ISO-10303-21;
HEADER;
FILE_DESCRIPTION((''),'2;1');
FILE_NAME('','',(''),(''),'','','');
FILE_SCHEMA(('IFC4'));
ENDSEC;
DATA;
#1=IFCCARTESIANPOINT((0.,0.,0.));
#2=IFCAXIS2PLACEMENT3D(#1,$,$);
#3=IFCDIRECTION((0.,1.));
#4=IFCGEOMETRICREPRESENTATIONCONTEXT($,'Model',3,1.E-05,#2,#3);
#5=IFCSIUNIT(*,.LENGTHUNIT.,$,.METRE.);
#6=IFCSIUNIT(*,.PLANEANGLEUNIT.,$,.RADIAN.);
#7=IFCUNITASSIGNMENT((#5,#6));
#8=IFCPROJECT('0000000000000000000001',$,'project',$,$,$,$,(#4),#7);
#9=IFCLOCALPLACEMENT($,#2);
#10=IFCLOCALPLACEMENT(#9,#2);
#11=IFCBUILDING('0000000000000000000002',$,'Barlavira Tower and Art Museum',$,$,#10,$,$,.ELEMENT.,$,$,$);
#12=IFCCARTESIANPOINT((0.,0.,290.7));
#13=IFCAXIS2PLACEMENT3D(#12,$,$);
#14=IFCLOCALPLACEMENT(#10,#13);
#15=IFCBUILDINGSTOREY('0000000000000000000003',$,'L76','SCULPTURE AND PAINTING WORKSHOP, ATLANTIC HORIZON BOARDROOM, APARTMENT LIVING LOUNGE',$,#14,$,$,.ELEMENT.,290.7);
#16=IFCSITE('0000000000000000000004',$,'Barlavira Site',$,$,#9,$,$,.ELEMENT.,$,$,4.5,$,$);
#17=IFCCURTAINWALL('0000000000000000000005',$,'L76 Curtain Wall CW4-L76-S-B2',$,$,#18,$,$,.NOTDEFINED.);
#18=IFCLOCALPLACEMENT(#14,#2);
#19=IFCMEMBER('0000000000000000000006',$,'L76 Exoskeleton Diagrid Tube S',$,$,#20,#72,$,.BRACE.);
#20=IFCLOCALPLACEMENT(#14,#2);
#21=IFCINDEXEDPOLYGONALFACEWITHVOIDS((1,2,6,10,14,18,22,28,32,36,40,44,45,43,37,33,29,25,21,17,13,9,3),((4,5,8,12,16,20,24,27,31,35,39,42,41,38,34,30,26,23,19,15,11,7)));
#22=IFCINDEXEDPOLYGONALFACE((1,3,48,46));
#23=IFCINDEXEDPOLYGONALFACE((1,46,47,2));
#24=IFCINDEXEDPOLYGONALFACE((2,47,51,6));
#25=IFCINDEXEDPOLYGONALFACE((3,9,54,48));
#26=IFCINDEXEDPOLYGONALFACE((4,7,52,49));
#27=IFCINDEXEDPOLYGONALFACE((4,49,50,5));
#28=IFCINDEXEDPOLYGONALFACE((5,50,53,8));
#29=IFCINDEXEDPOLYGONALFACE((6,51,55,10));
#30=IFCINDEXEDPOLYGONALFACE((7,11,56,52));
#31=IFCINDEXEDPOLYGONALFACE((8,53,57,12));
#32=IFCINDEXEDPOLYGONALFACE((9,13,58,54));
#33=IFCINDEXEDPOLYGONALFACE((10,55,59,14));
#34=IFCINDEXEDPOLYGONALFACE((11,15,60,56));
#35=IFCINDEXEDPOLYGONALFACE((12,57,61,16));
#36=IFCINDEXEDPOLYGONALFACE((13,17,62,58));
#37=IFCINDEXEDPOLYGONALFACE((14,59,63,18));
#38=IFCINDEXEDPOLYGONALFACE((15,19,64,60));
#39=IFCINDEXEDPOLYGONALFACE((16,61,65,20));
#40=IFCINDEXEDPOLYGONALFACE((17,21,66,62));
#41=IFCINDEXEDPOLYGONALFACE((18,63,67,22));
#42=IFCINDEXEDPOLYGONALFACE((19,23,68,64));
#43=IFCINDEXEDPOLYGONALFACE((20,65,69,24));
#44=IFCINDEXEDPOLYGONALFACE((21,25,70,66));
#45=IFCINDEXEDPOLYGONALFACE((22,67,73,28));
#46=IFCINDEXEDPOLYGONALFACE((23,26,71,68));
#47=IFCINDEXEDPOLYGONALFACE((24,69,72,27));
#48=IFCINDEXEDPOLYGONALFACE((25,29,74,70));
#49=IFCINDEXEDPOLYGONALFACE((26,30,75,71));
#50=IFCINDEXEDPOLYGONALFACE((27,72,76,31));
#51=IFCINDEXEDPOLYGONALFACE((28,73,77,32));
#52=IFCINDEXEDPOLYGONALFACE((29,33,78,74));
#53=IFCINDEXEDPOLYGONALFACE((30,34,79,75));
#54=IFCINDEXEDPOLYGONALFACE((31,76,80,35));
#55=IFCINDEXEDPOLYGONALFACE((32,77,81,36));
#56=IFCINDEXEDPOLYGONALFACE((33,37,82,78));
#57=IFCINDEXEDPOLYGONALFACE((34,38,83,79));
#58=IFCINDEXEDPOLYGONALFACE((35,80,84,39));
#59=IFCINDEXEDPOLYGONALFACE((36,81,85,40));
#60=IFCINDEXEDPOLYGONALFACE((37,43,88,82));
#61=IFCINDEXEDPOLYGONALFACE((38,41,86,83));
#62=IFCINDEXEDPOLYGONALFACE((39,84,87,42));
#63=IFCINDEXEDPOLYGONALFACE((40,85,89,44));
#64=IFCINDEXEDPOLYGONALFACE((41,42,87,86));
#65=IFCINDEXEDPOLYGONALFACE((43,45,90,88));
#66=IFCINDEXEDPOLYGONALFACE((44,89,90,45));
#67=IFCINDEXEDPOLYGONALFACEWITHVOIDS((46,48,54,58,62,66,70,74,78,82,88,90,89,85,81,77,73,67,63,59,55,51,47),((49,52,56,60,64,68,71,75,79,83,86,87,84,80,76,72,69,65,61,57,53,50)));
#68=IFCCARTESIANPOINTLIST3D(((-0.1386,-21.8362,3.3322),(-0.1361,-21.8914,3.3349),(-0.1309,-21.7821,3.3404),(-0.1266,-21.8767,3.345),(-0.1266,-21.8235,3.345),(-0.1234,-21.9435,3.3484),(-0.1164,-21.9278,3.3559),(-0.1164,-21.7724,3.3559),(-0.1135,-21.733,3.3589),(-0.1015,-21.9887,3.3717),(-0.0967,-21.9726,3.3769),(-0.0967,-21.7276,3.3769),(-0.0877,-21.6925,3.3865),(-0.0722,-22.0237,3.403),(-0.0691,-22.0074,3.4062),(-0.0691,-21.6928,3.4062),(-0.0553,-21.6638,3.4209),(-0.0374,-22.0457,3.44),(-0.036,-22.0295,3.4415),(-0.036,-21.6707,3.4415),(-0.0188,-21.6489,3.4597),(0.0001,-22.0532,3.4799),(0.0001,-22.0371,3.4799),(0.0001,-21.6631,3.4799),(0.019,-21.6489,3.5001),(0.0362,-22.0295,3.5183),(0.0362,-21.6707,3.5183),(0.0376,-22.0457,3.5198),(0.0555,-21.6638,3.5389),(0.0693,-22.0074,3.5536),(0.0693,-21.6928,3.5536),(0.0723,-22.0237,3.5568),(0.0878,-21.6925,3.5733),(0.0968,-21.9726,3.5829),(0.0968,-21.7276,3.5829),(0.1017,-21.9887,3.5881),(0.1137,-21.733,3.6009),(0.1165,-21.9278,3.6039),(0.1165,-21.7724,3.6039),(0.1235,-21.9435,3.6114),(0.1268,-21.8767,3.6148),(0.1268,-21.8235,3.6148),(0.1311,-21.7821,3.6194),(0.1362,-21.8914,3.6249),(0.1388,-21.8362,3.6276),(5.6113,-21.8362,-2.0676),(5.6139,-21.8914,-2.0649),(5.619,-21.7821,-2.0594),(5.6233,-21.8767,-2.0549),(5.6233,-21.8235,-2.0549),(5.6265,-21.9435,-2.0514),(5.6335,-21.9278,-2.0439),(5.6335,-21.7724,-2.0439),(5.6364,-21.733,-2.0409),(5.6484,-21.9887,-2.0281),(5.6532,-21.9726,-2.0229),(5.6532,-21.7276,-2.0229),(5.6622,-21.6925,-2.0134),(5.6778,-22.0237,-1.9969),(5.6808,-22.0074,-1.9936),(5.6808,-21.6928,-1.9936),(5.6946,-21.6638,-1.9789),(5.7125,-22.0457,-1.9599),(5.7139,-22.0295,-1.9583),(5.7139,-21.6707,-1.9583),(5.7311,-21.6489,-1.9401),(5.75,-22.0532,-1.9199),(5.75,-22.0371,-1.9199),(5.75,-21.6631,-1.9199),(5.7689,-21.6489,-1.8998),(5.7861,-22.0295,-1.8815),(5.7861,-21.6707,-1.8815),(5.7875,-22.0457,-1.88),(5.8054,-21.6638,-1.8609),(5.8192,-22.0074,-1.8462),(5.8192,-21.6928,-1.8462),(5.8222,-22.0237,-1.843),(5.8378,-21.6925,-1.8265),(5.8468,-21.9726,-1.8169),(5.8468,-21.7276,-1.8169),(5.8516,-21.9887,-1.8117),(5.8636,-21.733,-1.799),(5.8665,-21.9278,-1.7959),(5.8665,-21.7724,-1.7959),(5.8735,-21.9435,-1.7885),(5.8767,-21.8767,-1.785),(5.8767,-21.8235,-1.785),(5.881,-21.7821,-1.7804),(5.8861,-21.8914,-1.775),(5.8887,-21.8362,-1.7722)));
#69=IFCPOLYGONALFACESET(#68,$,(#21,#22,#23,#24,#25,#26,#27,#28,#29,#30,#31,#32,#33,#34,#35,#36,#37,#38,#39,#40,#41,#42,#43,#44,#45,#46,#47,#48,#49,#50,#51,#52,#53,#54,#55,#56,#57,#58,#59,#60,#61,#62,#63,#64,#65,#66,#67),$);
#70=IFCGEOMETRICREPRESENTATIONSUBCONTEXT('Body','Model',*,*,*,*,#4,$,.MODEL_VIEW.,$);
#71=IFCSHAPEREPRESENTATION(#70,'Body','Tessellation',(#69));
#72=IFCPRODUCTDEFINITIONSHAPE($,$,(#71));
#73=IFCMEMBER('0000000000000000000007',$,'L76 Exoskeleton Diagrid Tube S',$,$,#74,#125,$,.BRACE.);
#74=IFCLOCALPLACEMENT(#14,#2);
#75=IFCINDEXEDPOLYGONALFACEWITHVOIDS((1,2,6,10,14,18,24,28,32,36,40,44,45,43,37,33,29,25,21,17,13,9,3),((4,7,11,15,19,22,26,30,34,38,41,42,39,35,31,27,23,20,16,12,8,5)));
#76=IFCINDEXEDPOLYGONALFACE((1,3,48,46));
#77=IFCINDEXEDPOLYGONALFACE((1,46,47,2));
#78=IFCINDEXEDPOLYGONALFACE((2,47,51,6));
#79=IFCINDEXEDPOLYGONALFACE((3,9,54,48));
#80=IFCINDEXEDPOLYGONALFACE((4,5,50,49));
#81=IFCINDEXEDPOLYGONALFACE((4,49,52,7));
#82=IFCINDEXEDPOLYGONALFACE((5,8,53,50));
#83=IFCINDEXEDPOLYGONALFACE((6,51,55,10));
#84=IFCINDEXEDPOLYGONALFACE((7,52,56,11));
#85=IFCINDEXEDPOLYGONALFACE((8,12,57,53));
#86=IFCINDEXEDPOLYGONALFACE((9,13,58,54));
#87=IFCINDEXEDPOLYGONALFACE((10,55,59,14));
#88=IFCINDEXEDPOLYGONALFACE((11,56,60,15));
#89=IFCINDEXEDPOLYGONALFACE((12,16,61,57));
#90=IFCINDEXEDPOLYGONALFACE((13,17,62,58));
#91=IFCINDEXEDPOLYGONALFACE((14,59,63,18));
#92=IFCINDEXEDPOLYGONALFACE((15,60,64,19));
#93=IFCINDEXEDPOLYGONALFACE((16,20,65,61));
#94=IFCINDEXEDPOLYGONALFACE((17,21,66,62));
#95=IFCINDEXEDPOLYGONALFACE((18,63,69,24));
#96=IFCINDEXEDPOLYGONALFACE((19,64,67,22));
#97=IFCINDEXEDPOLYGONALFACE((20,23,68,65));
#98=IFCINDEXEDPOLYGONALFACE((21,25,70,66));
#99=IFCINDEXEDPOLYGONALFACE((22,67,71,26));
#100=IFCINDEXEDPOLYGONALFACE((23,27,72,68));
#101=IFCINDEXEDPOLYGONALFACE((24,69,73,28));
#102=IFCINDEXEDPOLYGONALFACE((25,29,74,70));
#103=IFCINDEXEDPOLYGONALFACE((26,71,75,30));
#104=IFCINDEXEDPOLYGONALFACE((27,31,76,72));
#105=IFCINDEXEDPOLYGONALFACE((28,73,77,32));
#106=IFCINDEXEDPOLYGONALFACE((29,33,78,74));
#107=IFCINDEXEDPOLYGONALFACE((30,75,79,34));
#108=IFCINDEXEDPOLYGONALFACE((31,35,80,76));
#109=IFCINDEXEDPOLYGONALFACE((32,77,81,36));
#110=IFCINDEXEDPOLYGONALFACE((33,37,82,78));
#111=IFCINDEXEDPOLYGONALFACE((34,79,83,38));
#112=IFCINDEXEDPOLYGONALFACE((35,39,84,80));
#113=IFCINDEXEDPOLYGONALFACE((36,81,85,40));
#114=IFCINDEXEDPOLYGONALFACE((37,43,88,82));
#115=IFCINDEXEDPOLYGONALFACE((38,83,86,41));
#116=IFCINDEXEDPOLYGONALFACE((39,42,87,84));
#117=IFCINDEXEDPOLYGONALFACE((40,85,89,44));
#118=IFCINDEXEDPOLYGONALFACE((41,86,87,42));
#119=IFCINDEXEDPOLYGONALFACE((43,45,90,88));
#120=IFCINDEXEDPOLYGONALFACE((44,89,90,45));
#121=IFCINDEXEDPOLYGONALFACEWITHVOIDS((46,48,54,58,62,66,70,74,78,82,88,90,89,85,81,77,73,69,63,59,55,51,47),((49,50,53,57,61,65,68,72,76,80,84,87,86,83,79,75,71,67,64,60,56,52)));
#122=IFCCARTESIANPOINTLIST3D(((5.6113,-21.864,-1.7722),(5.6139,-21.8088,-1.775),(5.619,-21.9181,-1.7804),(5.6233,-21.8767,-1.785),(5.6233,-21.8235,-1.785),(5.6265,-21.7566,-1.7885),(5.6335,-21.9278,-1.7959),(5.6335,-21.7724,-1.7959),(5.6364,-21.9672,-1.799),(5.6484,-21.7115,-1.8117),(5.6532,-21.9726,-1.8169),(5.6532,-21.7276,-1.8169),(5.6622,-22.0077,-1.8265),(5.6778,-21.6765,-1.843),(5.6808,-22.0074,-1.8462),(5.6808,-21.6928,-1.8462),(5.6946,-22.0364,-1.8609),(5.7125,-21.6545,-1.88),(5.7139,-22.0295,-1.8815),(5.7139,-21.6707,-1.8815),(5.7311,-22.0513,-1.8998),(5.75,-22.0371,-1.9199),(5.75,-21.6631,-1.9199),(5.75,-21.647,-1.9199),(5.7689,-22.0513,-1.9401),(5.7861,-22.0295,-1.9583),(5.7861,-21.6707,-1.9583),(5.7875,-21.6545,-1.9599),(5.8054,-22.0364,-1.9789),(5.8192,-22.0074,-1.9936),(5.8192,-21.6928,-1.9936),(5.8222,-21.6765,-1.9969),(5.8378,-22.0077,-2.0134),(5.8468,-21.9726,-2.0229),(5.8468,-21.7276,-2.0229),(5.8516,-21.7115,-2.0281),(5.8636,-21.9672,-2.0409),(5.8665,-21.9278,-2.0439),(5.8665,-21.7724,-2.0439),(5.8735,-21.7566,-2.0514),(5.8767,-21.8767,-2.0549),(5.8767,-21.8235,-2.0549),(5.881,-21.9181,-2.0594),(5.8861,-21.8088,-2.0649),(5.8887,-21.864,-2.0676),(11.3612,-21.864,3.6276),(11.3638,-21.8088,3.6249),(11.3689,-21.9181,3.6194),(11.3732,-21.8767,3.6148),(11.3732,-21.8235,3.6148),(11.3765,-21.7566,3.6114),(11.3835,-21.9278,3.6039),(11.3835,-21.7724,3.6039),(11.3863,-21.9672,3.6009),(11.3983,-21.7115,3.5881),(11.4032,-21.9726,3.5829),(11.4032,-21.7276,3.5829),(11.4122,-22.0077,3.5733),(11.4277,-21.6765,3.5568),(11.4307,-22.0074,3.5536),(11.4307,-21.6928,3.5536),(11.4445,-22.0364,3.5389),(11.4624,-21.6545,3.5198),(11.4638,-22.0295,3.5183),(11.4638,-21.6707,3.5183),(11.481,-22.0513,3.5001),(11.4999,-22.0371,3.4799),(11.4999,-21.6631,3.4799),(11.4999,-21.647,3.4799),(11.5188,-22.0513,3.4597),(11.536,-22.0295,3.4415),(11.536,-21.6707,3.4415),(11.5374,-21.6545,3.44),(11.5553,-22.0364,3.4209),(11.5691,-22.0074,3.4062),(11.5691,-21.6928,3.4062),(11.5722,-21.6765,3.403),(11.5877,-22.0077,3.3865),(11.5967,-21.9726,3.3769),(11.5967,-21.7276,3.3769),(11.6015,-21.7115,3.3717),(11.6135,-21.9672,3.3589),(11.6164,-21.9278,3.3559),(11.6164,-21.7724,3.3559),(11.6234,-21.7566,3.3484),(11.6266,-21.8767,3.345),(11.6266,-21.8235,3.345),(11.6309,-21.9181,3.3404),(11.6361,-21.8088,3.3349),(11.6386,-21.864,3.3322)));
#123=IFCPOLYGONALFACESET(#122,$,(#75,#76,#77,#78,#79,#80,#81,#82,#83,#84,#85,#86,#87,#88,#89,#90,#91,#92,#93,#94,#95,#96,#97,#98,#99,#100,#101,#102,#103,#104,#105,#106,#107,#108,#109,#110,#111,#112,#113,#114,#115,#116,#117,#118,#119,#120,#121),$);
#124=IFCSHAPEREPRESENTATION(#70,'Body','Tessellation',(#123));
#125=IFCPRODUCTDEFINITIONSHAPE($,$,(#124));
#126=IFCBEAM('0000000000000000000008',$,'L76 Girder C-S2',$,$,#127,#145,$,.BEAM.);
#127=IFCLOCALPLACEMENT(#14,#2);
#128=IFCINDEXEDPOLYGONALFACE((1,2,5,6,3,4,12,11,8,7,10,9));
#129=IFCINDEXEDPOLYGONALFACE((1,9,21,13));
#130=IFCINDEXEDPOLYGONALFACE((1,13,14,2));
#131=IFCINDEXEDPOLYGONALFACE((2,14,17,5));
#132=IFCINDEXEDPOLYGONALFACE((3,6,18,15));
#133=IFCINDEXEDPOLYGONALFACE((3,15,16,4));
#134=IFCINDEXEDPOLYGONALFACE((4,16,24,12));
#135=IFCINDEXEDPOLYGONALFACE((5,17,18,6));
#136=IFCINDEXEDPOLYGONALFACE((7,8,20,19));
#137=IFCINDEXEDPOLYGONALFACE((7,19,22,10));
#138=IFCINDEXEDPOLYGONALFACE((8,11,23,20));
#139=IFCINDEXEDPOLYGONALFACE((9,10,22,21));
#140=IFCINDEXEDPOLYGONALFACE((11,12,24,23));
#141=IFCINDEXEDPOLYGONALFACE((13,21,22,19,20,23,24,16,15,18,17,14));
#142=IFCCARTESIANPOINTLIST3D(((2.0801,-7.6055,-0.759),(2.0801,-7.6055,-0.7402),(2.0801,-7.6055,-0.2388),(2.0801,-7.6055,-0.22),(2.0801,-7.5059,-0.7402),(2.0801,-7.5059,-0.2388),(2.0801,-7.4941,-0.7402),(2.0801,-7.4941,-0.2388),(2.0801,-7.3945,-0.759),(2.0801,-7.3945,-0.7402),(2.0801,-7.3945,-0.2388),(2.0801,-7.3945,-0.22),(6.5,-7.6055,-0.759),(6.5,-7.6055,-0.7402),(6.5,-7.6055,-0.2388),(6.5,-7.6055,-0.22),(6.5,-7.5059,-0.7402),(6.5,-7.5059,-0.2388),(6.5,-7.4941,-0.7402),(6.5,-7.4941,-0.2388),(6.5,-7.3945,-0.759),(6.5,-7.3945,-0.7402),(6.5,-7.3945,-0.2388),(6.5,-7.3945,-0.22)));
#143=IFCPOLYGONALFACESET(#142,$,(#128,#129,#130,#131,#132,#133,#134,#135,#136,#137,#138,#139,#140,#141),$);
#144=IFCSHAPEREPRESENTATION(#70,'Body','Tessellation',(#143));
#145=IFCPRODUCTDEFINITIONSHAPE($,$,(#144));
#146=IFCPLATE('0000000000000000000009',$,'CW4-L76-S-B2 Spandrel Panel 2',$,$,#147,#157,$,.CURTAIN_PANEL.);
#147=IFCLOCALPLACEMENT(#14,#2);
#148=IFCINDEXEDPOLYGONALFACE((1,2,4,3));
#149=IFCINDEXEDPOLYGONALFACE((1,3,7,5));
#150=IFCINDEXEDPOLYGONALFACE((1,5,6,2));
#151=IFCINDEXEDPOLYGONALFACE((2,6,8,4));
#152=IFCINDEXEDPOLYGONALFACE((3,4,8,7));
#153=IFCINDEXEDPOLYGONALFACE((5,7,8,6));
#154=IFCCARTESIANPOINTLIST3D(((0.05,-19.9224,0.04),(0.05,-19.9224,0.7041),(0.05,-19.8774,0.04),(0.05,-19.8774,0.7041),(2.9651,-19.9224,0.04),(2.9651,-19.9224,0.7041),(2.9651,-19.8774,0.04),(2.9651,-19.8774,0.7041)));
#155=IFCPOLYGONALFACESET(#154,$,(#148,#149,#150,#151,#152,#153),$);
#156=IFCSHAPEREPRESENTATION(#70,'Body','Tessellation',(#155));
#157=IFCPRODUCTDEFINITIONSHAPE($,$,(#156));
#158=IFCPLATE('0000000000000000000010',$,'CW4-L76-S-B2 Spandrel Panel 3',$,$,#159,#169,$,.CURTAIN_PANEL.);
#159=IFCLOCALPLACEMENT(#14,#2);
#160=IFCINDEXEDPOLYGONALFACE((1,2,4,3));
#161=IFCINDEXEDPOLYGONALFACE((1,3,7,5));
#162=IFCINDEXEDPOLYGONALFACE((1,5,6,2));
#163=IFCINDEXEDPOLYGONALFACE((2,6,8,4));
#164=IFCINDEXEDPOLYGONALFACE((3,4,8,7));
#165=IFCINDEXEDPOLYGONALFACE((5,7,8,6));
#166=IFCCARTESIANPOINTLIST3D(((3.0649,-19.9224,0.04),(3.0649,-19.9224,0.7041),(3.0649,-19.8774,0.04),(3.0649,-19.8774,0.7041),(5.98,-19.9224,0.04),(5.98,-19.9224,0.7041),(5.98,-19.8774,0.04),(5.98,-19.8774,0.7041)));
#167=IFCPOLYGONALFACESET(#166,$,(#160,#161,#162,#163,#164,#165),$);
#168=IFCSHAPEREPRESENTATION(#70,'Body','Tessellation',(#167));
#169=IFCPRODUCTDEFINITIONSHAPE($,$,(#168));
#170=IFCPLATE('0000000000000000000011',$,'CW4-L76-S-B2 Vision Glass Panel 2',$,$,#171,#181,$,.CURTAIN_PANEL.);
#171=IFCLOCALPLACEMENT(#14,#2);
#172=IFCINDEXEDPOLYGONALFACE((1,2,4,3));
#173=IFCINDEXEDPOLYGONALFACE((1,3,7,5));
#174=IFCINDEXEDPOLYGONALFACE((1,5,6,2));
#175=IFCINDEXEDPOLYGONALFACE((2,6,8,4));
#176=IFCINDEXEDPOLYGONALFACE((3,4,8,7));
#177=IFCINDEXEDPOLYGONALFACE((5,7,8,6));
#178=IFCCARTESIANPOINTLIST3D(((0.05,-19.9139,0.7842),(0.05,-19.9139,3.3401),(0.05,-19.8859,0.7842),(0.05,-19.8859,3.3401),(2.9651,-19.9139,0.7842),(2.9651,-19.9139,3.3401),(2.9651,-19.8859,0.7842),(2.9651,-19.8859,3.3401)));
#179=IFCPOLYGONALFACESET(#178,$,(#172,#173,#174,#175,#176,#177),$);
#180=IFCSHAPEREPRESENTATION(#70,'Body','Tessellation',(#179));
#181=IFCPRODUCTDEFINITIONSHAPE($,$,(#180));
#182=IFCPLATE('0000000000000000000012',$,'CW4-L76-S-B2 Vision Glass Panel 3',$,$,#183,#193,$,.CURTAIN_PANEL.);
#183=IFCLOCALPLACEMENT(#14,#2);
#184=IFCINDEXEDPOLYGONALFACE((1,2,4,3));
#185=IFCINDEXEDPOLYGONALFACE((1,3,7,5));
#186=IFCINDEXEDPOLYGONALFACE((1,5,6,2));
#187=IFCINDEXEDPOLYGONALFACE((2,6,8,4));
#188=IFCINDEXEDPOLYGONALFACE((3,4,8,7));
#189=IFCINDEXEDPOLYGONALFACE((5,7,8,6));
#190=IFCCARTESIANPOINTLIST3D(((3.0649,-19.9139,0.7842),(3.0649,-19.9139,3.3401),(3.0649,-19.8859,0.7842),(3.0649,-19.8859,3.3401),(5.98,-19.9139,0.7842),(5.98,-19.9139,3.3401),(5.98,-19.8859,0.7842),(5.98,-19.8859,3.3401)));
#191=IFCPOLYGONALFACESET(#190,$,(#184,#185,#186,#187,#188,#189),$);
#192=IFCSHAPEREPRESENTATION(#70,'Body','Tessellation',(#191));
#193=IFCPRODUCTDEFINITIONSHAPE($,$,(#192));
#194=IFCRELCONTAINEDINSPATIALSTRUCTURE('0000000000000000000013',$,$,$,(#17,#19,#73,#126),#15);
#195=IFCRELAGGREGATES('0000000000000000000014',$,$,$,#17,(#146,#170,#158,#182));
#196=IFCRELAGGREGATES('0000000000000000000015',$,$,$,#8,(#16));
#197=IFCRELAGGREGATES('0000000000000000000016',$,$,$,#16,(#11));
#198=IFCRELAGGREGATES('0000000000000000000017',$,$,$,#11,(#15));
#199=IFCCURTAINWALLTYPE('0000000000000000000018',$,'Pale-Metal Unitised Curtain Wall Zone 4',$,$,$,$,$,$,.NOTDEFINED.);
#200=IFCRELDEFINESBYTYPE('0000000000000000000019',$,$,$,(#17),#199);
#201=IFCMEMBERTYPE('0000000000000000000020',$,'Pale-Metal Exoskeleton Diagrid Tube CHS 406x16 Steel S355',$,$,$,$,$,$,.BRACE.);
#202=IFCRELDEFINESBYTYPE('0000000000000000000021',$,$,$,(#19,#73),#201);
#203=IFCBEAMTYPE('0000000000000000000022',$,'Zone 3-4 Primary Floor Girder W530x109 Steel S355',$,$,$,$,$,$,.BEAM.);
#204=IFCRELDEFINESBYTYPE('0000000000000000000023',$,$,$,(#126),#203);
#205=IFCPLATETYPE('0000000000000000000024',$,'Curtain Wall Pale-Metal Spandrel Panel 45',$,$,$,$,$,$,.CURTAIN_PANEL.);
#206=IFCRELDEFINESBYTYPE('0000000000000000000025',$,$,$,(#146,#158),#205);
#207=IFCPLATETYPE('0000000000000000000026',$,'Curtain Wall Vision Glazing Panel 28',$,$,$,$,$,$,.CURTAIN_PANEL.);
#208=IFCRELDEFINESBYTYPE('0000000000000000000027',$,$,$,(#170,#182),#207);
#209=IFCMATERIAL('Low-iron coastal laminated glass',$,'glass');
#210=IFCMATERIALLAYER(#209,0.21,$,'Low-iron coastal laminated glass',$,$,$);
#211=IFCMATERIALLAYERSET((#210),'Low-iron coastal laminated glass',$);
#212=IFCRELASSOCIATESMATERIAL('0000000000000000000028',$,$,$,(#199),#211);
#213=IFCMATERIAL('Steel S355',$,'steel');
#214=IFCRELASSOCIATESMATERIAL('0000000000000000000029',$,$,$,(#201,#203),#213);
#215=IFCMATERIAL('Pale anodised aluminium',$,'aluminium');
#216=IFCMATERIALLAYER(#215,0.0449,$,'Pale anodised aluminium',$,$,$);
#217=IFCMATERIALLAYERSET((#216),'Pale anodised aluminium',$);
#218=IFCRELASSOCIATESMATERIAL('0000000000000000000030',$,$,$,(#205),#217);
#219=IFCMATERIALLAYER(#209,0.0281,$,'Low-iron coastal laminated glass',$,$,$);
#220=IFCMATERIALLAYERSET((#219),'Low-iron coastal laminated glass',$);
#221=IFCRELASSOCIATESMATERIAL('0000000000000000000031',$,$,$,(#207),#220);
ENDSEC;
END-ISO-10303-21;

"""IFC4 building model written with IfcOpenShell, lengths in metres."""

from ifc_helpers import new_model, si_unit, direction, frame, origin, origin_2d, place, context, subcontext, project, spatial, rectangle, hollow_circle, i_section, extrude, material, layer, layer_set, material_profile, profile_set, type_object, element, aggregate, save


model = new_model("IFC4")

# Units and contexts
model_context = context("Model", 3, precision=1e-05, world=origin(), true_north=direction((0.0, 1.0)))
body_context = subcontext(model_context, "Body", "Model", "MODEL_VIEW")
ifc_project = project(units=[si_unit("LENGTHUNIT", "METRE"), si_unit("PLANEANGLEUNIT", "RADIAN")], contexts=[model_context])

# Site, building, storey
site_placement = place(None, origin())
site = spatial("IfcSite", under=ifc_project, at=site_placement, Name="Barlavira Site", CompositionType="ELEMENT", RefElevation=4.5)
building_placement = place(site_placement, origin())
building = spatial("IfcBuilding", under=site, at=building_placement, Name="Barlavira Tower and Art Museum", CompositionType="ELEMENT")
storey_placement = place(building_placement, frame((0.0, 0.0, 290.7)))
storey = spatial("IfcBuildingStorey", under=building, at=storey_placement, Name="L76", Description="SCULPTURE AND PAINTING WORKSHOP, ATLANTIC HORIZON BOARDROOM, APARTMENT LIVING LOUNGE", CompositionType="ELEMENT", Elevation=290.7)

# Shared definitions
ifc_material_1 = material(Name="Steel S355", Category="steel")

# Curtain wall
ifc_material_2 = material(Name="Low-iron coastal laminated glass", Category="glass")
ifc_layer_1 = layer(ifc_material_2, 0.21, Name="Low-iron coastal laminated glass")
ifc_layer_set_1 = layer_set([ifc_layer_1], Name="Low-iron coastal laminated glass")
curtain_wall_type = type_object("IfcCurtainWallType", Name="Pale-Metal Unitised Curtain Wall Zone 4", PredefinedType="NOTDEFINED", material=ifc_layer_set_1)
curtain_wall_placement = place(storey_placement, origin())
curtain_wall = element("IfcCurtainWall", 1, at=curtain_wall_placement, inside=storey, type_object=curtain_wall_type, Name="L76 Curtain Wall CW4-L76-S-B2", PredefinedType="NOTDEFINED")
ifc_material_3 = material(Name="Pale anodised aluminium", Category="aluminium")

# Members
ifc_material_profile_1 = material_profile(ifc_material_1, hollow_circle(Radius=0.2031, WallThickness=0.0161, at=origin_2d()), Name="CHS 406.4x16.0")
ifc_profile_set_1 = profile_set([ifc_material_profile_1], Name="Steel S355")
member_type_1 = type_object("IfcMemberType", Name="Pale-Metal Exoskeleton Diagrid Tube CHS 406x16 Steel S355", PredefinedType="BRACE", material=ifc_profile_set_1)
for number, where, z_axis, x_axis, name in (
    (2, (5.75, -21.8501, -1.9199), (-0.72895, 0.0, 0.684567), (0.0, -1.0, 0.0), "L76 Exoskeleton Diagrid Tube S"),
    (3, (5.75, -21.8501, -1.9199), (0.72895, 0.0, 0.684567), (0.0, 1.0, 0.0), "L76 Exoskeleton Diagrid Tube S"),
):
    element("IfcMember", number, at=place(storey_placement, frame(where, z_axis=z_axis, x_axis=x_axis)), inside=storey, type_object=member_type_1, Name=name, PredefinedType="BRACE", context=body_context, shape_type="SweptSolid", body=[
        extrude(hollow_circle(Radius=0.2031, WallThickness=0.0161, at=origin_2d()), origin(), (0.0, 0.0, 1.0), 7.8879),
    ])

# Beam
ifc_material_profile_2 = material_profile(ifc_material_1, i_section(OverallWidth=0.2109, OverallDepth=0.5391, WebThickness=0.0117, FlangeThickness=0.0188, at=origin_2d()), Name="W530x109.0")
ifc_profile_set_2 = profile_set([ifc_material_profile_2], Name="Steel S355")
beam_type = type_object("IfcBeamType", Name="Zone 3-4 Primary Floor Girder W530x109 Steel S355", PredefinedType="BEAM", material=ifc_profile_set_2)
beam_placement = place(storey_placement, frame((2.0801, -7.5, -0.4895), z_axis=(1.0, 0.0, 0.0), x_axis=(0.0, 1.0, 0.0)))
element("IfcBeam", 4, at=beam_placement, inside=storey, type_object=beam_type, Name="L76 Girder C-S2", PredefinedType="BEAM", context=body_context, shape_type="SweptSolid", body=[
    extrude(i_section(OverallWidth=0.2109, OverallDepth=0.5391, WebThickness=0.0117, FlangeThickness=0.0188, at=origin_2d()), origin(), (0.0, 0.0, 1.0), 4.4199),
])

# Plates
ifc_layer_2 = layer(ifc_material_3, 0.0449, Name="Pale anodised aluminium")
ifc_layer_set_2 = layer_set([ifc_layer_2], Name="Pale anodised aluminium")
plate_type_1 = type_object("IfcPlateType", Name="Curtain Wall Pale-Metal Spandrel Panel 45", PredefinedType="CURTAIN_PANEL", material=ifc_layer_set_2)
plate_1_placement = place(storey_placement, frame((1.5076, -19.8999, 0.04), z_axis=(0.0, 0.0, 1.0), x_axis=(1.0, 0.0, 0.0)))
plate_1 = element("IfcPlate", 5, at=plate_1_placement, type_object=plate_type_1, Name="CW4-L76-S-B2 Spandrel Panel 2", PredefinedType="CURTAIN_PANEL", context=body_context, shape_type="SweptSolid", body=[
    extrude(rectangle(XDim=2.915, YDim=0.0449, at=origin_2d()), origin(), (0.0, 0.0, 1.0), 0.6641),
])
plate_2_placement = place(storey_placement, frame((4.5225, -19.8999, 0.04), z_axis=(0.0, 0.0, 1.0), x_axis=(1.0, 0.0, 0.0)))
plate_2 = element("IfcPlate", 6, at=plate_2_placement, type_object=plate_type_1, Name="CW4-L76-S-B2 Spandrel Panel 3", PredefinedType="CURTAIN_PANEL", context=body_context, shape_type="SweptSolid", body=[
    extrude(rectangle(XDim=2.915, YDim=0.0449, at=origin_2d()), origin(), (0.0, 0.0, 1.0), 0.6641),
])
ifc_layer_3 = layer(ifc_material_2, 0.0281, Name="Low-iron coastal laminated glass")
ifc_layer_set_3 = layer_set([ifc_layer_3], Name="Low-iron coastal laminated glass")
plate_type_2 = type_object("IfcPlateType", Name="Curtain Wall Vision Glazing Panel 28", PredefinedType="CURTAIN_PANEL", material=ifc_layer_set_3)
plate_3_placement = place(storey_placement, frame((1.5076, -19.8999, 0.7842), z_axis=(0.0, 0.0, 1.0), x_axis=(1.0, 0.0, 0.0)))
plate_3 = element("IfcPlate", 7, at=plate_3_placement, type_object=plate_type_2, Name="CW4-L76-S-B2 Vision Glass Panel 2", PredefinedType="CURTAIN_PANEL", context=body_context, shape_type="SweptSolid", body=[
    extrude(rectangle(XDim=2.915, YDim=0.0281, at=origin_2d()), origin(), (0.0, 0.0, 1.0), 2.5559),
])
plate_4_placement = place(storey_placement, frame((4.5225, -19.8999, 0.7842), z_axis=(0.0, 0.0, 1.0), x_axis=(1.0, 0.0, 0.0)))
plate_4 = element("IfcPlate", 8, at=plate_4_placement, type_object=plate_type_2, Name="CW4-L76-S-B2 Vision Glass Panel 3", PredefinedType="CURTAIN_PANEL", context=body_context, shape_type="SweptSolid", body=[
    extrude(rectangle(XDim=2.915, YDim=0.0281, at=origin_2d()), origin(), (0.0, 0.0, 1.0), 2.5559),
])
aggregate(curtain_wall, [plate_1, plate_3, plate_2, plate_4])

save(model, "model.ifc")
